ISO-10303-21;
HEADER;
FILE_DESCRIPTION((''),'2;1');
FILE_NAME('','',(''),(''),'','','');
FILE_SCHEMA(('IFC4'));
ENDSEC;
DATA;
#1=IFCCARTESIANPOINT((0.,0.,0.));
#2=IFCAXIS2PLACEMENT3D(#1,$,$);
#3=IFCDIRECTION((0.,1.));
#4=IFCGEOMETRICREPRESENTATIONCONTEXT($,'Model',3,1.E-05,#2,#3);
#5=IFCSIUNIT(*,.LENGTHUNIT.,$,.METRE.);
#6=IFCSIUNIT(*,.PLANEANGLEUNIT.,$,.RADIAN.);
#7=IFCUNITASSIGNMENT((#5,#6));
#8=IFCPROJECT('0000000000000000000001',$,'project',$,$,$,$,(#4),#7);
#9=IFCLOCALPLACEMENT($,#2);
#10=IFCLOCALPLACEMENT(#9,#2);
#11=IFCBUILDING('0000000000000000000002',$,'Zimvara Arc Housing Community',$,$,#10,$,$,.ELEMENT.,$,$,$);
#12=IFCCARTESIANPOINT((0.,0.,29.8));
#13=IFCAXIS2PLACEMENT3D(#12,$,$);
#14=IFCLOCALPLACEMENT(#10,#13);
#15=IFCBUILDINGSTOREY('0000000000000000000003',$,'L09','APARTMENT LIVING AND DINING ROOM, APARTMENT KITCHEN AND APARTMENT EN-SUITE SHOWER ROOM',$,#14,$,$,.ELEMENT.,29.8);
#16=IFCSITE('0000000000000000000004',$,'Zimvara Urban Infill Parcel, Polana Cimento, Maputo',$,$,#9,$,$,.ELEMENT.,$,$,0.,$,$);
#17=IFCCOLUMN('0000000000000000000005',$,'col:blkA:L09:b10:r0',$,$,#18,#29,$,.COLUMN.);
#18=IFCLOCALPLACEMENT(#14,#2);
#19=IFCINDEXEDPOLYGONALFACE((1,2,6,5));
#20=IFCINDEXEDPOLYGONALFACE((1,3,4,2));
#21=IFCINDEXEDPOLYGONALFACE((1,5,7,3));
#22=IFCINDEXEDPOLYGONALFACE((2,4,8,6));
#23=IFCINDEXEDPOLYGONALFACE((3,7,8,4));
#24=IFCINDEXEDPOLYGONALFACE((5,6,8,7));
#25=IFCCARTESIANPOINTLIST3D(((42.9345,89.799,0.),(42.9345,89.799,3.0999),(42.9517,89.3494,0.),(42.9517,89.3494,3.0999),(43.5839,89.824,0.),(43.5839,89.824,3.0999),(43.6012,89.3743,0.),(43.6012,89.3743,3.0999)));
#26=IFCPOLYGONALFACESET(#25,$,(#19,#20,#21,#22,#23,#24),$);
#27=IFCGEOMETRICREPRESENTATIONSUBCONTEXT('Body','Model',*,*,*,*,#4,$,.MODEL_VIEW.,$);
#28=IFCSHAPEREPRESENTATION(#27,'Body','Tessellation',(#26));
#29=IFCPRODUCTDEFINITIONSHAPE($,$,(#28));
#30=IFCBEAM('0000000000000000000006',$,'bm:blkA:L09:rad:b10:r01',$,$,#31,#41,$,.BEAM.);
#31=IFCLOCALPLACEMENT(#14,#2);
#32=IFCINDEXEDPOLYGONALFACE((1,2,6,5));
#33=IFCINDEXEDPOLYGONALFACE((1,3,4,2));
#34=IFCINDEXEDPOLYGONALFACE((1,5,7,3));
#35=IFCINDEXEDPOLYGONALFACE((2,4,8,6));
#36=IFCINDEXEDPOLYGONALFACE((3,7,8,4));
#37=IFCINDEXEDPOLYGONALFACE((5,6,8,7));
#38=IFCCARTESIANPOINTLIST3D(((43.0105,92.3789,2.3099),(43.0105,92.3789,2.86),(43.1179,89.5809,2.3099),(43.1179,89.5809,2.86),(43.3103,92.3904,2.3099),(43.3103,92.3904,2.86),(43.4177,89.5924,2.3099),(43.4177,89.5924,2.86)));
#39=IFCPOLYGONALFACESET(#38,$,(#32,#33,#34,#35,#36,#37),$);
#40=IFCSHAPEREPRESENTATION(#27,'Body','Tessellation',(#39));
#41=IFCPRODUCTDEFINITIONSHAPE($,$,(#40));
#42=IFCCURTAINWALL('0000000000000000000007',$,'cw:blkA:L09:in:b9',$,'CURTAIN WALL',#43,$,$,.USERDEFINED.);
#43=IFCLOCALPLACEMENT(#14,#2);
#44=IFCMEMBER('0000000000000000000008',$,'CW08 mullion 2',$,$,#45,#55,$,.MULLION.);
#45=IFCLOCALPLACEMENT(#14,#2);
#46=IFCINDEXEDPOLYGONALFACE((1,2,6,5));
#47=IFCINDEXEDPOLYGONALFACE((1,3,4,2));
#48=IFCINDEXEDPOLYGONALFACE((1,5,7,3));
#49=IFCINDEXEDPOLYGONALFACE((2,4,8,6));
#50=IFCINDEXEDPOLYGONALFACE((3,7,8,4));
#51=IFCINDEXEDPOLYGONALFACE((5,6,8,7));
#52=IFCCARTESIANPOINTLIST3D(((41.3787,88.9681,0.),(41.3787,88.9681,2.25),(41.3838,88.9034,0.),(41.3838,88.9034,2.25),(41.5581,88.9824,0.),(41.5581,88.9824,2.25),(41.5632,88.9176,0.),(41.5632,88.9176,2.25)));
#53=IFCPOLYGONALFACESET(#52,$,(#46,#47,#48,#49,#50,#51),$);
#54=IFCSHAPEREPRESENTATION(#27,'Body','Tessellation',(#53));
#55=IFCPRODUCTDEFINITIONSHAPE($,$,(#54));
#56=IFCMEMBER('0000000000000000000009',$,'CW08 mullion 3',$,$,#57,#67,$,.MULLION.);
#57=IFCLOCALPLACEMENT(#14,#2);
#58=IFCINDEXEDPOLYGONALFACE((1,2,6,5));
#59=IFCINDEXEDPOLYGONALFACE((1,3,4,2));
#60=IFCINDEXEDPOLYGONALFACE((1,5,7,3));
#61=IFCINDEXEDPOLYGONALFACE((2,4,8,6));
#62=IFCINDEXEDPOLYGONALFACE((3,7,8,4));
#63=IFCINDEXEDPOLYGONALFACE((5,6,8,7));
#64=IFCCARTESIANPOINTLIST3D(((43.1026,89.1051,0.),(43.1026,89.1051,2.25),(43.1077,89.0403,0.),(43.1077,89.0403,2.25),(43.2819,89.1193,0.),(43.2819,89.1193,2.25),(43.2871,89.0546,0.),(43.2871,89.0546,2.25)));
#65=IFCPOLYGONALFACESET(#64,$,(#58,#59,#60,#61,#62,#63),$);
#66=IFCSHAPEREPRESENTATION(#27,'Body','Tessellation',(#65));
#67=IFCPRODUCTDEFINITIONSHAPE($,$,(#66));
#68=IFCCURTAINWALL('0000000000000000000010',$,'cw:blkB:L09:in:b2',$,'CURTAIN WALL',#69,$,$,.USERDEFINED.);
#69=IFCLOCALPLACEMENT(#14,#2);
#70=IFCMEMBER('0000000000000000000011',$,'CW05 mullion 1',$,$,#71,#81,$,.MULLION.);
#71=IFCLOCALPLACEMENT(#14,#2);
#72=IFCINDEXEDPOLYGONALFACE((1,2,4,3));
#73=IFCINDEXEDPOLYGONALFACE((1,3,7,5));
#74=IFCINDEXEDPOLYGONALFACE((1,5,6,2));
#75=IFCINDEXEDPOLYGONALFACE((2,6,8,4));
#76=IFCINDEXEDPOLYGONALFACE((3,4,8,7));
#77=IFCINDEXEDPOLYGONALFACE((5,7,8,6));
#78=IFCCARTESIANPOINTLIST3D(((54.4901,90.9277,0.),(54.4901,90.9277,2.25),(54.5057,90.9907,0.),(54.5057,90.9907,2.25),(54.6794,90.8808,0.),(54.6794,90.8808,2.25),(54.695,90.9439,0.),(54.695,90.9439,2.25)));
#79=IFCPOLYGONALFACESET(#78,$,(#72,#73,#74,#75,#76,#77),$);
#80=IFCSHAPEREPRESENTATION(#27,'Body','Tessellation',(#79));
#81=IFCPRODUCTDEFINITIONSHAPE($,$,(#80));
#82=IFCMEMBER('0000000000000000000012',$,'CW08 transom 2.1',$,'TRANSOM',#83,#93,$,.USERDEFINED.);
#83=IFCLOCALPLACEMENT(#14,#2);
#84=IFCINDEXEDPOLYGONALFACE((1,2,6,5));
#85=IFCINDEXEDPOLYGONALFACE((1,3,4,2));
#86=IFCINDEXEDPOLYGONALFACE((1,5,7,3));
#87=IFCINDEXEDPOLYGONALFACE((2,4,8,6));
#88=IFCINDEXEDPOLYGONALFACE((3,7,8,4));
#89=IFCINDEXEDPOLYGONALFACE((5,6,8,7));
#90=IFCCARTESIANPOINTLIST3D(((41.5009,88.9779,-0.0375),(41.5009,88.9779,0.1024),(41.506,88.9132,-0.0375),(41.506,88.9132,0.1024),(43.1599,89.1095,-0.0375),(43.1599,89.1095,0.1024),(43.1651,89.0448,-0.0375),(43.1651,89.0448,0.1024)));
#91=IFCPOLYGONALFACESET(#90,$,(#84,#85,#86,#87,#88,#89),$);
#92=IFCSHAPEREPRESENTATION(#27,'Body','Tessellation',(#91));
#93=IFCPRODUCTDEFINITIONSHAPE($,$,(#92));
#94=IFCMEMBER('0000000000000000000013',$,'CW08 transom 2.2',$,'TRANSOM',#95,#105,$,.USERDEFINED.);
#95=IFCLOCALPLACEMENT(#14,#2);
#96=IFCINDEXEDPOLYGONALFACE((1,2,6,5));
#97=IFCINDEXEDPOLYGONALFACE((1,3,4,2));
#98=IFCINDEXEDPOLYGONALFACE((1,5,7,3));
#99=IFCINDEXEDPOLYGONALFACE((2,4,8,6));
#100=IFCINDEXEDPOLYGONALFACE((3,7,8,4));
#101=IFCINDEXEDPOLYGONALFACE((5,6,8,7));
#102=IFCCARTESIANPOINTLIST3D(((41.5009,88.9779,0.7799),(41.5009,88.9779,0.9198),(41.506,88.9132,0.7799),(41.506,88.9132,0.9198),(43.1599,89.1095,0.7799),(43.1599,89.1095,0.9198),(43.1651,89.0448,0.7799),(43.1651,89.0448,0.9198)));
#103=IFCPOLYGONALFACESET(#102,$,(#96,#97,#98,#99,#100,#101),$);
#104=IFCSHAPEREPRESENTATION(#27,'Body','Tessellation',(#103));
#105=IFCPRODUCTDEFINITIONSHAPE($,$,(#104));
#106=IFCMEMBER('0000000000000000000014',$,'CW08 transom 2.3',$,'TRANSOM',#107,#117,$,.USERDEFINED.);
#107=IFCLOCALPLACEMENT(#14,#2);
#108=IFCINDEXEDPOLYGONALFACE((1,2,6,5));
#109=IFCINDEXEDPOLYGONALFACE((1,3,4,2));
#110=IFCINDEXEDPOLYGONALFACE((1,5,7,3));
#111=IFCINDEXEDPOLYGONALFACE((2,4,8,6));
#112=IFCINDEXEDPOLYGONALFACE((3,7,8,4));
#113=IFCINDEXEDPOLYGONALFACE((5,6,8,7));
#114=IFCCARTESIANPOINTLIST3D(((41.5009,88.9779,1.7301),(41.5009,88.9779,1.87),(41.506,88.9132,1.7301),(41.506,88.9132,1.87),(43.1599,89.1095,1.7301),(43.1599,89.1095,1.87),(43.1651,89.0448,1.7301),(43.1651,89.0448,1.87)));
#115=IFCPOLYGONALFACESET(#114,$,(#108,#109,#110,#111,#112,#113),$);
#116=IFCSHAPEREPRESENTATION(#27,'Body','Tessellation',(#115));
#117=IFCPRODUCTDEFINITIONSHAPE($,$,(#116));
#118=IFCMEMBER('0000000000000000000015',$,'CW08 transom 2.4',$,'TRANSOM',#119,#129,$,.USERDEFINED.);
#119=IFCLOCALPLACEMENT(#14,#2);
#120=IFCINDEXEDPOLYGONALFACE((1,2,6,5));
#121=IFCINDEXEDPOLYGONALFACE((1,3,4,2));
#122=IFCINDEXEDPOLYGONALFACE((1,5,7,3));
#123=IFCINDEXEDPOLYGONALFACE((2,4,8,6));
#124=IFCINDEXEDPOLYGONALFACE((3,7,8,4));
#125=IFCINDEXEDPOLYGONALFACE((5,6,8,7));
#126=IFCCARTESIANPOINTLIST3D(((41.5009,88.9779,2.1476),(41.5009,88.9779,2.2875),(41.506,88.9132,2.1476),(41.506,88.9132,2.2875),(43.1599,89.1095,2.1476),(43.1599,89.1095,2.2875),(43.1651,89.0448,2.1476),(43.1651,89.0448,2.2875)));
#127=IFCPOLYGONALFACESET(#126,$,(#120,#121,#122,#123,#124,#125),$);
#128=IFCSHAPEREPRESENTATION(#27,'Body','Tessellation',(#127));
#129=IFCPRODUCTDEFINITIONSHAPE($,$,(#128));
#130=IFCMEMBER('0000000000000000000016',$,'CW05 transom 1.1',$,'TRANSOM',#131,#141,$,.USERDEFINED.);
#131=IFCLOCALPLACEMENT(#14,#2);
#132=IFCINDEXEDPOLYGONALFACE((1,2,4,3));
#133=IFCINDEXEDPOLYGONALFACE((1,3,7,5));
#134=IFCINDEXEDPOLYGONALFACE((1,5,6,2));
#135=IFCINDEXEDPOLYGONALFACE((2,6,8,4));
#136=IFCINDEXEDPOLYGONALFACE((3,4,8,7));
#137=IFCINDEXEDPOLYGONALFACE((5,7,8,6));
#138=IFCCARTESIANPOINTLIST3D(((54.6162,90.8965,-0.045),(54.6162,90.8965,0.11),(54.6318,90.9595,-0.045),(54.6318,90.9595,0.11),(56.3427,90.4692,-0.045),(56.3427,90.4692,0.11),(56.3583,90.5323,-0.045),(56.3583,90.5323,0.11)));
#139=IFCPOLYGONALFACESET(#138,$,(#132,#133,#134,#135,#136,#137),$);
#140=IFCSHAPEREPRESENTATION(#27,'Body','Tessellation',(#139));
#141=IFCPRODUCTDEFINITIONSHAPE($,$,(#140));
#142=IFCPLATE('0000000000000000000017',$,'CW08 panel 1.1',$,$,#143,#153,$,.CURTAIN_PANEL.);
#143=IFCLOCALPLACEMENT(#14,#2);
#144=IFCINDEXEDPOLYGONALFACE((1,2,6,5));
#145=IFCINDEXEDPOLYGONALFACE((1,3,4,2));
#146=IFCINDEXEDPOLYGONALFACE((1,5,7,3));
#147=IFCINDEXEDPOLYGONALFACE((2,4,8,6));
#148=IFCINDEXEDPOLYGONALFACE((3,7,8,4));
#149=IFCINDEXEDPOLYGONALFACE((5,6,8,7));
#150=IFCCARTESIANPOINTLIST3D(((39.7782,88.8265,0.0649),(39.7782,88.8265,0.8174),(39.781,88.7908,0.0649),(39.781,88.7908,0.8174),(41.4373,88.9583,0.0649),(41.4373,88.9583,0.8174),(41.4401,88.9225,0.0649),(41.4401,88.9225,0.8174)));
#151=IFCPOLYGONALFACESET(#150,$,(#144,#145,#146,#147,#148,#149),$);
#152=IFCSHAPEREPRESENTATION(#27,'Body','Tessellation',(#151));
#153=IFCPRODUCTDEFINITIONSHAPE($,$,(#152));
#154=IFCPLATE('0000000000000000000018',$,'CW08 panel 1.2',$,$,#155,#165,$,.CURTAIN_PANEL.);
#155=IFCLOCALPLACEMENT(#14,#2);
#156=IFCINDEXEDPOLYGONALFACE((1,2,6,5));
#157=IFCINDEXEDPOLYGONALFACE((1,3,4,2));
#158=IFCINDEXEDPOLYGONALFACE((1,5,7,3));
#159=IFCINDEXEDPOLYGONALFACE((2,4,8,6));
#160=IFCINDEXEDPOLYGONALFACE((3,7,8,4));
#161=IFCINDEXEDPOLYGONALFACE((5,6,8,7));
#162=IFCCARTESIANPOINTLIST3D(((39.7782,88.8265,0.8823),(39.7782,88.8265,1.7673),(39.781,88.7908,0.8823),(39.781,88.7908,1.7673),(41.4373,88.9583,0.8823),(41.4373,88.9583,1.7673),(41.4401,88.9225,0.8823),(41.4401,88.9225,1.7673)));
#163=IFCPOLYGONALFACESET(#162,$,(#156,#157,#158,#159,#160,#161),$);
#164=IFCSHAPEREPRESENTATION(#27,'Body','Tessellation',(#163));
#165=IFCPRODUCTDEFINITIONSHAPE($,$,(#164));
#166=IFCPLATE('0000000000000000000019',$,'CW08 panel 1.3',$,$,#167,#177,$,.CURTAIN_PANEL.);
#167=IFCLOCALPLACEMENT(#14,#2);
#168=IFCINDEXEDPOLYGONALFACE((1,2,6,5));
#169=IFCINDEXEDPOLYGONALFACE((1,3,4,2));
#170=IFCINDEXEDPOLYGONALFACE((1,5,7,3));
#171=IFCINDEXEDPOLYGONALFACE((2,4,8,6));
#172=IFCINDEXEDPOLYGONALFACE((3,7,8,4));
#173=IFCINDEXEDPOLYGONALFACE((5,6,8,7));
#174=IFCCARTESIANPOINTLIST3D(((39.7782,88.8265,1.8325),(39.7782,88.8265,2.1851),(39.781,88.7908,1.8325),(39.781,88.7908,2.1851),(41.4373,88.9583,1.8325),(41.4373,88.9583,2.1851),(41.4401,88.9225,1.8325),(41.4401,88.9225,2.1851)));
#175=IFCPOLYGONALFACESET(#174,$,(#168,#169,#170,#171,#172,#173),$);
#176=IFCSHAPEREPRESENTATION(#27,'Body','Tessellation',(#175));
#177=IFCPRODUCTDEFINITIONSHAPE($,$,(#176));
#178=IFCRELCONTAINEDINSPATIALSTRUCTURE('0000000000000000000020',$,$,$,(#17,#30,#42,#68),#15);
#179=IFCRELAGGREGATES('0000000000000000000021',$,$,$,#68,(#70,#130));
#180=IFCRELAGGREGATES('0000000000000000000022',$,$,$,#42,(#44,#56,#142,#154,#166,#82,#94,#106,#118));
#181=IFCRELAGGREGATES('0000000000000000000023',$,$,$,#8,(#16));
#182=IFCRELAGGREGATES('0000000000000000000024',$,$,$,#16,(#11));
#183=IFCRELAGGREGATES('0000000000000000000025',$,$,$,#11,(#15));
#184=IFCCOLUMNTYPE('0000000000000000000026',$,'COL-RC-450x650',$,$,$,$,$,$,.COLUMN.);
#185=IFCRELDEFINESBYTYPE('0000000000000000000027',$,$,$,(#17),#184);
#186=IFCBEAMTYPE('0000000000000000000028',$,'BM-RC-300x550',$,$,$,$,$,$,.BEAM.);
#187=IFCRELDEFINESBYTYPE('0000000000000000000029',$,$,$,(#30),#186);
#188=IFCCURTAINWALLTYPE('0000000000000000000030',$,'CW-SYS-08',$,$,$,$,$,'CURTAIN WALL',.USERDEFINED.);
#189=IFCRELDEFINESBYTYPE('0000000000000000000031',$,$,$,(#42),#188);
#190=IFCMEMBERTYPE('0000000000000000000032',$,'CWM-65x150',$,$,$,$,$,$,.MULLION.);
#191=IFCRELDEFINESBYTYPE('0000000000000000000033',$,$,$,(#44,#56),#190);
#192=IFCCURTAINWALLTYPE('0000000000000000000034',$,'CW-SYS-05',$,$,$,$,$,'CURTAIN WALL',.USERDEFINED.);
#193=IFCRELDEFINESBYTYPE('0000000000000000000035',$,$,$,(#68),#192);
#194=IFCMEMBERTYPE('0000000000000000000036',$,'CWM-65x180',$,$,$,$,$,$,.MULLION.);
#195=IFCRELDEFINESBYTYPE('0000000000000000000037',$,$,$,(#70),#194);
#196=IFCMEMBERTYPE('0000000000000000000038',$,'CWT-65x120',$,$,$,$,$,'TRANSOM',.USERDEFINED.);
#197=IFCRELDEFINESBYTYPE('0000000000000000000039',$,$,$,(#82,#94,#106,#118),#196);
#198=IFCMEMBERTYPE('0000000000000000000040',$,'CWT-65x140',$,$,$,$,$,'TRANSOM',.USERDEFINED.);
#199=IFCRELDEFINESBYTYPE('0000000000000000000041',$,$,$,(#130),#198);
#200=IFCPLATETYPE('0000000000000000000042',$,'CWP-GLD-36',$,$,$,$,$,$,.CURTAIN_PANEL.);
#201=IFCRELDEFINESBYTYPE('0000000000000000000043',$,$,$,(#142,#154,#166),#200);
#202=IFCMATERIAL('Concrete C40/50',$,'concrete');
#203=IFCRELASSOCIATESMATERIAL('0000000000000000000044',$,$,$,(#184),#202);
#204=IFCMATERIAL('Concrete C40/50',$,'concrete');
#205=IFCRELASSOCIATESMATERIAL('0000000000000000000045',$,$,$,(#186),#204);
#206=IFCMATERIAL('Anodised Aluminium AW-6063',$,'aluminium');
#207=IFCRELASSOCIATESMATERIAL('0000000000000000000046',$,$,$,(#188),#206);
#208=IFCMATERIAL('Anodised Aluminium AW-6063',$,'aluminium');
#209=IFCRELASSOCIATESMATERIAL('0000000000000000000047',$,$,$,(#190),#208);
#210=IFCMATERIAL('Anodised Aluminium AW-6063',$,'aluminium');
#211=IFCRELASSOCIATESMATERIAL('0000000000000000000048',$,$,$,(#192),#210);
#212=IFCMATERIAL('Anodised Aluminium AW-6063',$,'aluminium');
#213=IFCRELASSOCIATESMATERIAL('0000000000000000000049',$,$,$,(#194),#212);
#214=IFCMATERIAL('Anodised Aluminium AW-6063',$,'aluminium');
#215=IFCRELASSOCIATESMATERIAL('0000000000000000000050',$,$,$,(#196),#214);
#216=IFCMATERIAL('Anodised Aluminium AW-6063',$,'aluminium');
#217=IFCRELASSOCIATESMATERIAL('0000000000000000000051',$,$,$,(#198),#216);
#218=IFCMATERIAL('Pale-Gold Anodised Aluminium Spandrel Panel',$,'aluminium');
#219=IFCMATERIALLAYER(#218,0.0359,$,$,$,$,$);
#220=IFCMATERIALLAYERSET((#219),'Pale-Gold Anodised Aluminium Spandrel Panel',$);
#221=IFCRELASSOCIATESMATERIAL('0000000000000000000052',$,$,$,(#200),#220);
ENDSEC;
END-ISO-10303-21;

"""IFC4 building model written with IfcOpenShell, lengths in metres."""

from ifc_helpers import new_model, si_unit, direction, frame, origin, origin_2d, place, context, subcontext, project, spatial, rectangle, extrude, material, layer, layer_set, material_profile, profile_set, type_object, element, aggregate, save


model = new_model("IFC4")

# Units and contexts
model_context = context("Model", 3, precision=1e-05, world=origin(), true_north=direction((0.0, 1.0)))
body_context = subcontext(model_context, "Body", "Model", "MODEL_VIEW")
ifc_project = project(units=[si_unit("LENGTHUNIT", "METRE"), si_unit("PLANEANGLEUNIT", "RADIAN")], contexts=[model_context])

# Site, building, storey
site_placement = place(None, origin())
site = spatial("IfcSite", under=ifc_project, at=site_placement, Name="Zimvara Urban Infill Parcel, Polana Cimento, Maputo", CompositionType="ELEMENT", RefElevation=0.0)
building_placement = place(site_placement, origin())
building = spatial("IfcBuilding", under=site, at=building_placement, Name="Zimvara Arc Housing Community", CompositionType="ELEMENT")
storey_placement = place(building_placement, frame((0.0, 0.0, 29.8)))
storey = spatial("IfcBuildingStorey", under=building, at=storey_placement, Name="L09", Description="APARTMENT LIVING AND DINING ROOM, APARTMENT KITCHEN AND APARTMENT EN-SUITE SHOWER ROOM", CompositionType="ELEMENT", Elevation=29.8)

# Column
ifc_material_1 = material(Name="Concrete C40/50", Category="concrete")
ifc_material_profile_1 = material_profile(ifc_material_1, rectangle(XDim=0.45, YDim=0.6499, at=origin_2d()), Name="RC 450x650")
ifc_profile_set_1 = profile_set([ifc_material_profile_1], Name="Concrete C40/50")
column_type = type_object("IfcColumnType", Name="COL-RC-450x650", PredefinedType="COLUMN", material=ifc_profile_set_1)
column_placement = place(storey_placement, frame((43.2678, 89.5867, 0.0), z_axis=(0.0, 0.0, 1.0), x_axis=(-0.038388, 0.999263, 0.0)))
element("IfcColumn", 1, at=column_placement, inside=storey, type_object=column_type, Name="col:blkA:L09:b10:r0", PredefinedType="COLUMN", context=body_context, shape_type="SweptSolid", body=[
    extrude(rectangle(XDim=0.45, YDim=0.6499, at=origin_2d()), origin(), (0.0, 0.0, 1.0), 3.0999),
])

# Beam
ifc_material_2 = material(Name="Concrete C40/50", Category="concrete")
ifc_material_profile_2 = material_profile(ifc_material_2, rectangle(XDim=0.3, YDim=0.55, at=origin_2d()), Name="RC 300x550")
ifc_profile_set_2 = profile_set([ifc_material_profile_2], Name="Concrete C40/50")
beam_type = type_object("IfcBeamType", Name="BM-RC-300x550", PredefinedType="BEAM", material=ifc_profile_set_2)
beam_placement = place(storey_placement, frame((43.2678, 89.5867, 2.585), z_axis=(-0.038363, 0.999264, 0.0), x_axis=(-0.999264, -0.038363, 0.0)))
element("IfcBeam", 2, at=beam_placement, inside=storey, type_object=beam_type, Name="bm:blkA:L09:rad:b10:r01", PredefinedType="BEAM", context=body_context, shape_type="SweptSolid", body=[
    extrude(rectangle(XDim=0.3, YDim=0.55, at=origin_2d()), origin(), (0.0, 0.0, 1.0), 2.8),
])

# Curtain wall, members
ifc_material_3 = material(Name="Anodised Aluminium AW-6063", Category="aluminium")
curtain_wall_type_1 = type_object("IfcCurtainWallType", Name="CW-SYS-08", ElementType="CURTAIN WALL", PredefinedType="USERDEFINED", material=ifc_material_3)
curtain_wall_1_placement = place(storey_placement, origin())
curtain_wall_1 = element("IfcCurtainWall", 3, at=curtain_wall_1_placement, inside=storey, type_object=curtain_wall_type_1, Name="cw:blkA:L09:in:b9", ObjectType="CURTAIN WALL", PredefinedType="USERDEFINED")
ifc_material_4 = material(Name="Anodised Aluminium AW-6063", Category="aluminium")
ifc_material_profile_3 = material_profile(ifc_material_4, rectangle(XDim=0.0649, YDim=0.1799, at=origin_2d()), Name="ALU 65x180")
ifc_profile_set_3 = profile_set([ifc_material_profile_3], Name="Anodised Aluminium AW-6063")
member_type_1 = type_object("IfcMemberType", Name="CWM-65x150", PredefinedType="MULLION", material=ifc_profile_set_3)
member_1_placement = place(storey_placement, frame((41.4709, 88.9429, 0.0), z_axis=(0.0, 0.0, 1.0), x_axis=(-0.079155, 0.996862, 0.0)))
member_1 = element("IfcMember", 4, at=member_1_placement, type_object=member_type_1, Name="CW08 mullion 2", PredefinedType="MULLION", context=body_context, shape_type="SweptSolid", body=[
    extrude(rectangle(XDim=0.0649, YDim=0.1799, at=origin_2d()), origin(), (0.0, 0.0, 1.0), 2.25),
])
member_2_placement = place(storey_placement, frame((43.1948, 89.0798, 0.0), z_axis=(0.0, 0.0, 1.0), x_axis=(-0.079155, 0.996862, 0.0)))
member_2 = element("IfcMember", 5, at=member_2_placement, type_object=member_type_1, Name="CW08 mullion 3", PredefinedType="MULLION", context=body_context, shape_type="SweptSolid", body=[
    extrude(rectangle(XDim=0.0649, YDim=0.1799, at=origin_2d()), origin(), (0.0, 0.0, 1.0), 2.25),
])

# Curtain wall, member
ifc_material_5 = material(Name="Anodised Aluminium AW-6063", Category="aluminium")
curtain_wall_type_2 = type_object("IfcCurtainWallType", Name="CW-SYS-05", ElementType="CURTAIN WALL", PredefinedType="USERDEFINED", material=ifc_material_5)
curtain_wall_2_placement = place(storey_placement, origin())
curtain_wall_2 = element("IfcCurtainWall", 6, at=curtain_wall_2_placement, inside=storey, type_object=curtain_wall_type_2, Name="cw:blkB:L09:in:b2", ObjectType="CURTAIN WALL", PredefinedType="USERDEFINED")
ifc_material_6 = material(Name="Anodised Aluminium AW-6063", Category="aluminium")
ifc_material_profile_4 = material_profile(ifc_material_6, rectangle(XDim=0.0649, YDim=0.1951, at=origin_2d()), Name="ALU 65x195")
ifc_profile_set_4 = profile_set([ifc_material_profile_4], Name="Anodised Aluminium AW-6063")
member_type_2 = type_object("IfcMemberType", Name="CWM-65x180", PredefinedType="MULLION", material=ifc_profile_set_4)
member_3_placement = place(storey_placement, frame((54.5925, 90.9358, 0.0), z_axis=(0.0, 0.0, 1.0), x_axis=(0.240229, 0.970716, 0.0)))
member_3 = element("IfcMember", 7, at=member_3_placement, type_object=member_type_2, Name="CW05 mullion 1", PredefinedType="MULLION", context=body_context, shape_type="SweptSolid", body=[
    extrude(rectangle(XDim=0.0649, YDim=0.1951, at=origin_2d()), origin(), (0.0, 0.0, 1.0), 2.25),
])

# Members
ifc_material_7 = material(Name="Anodised Aluminium AW-6063", Category="aluminium")
ifc_material_profile_5 = material_profile(ifc_material_7, rectangle(XDim=0.0649, YDim=0.1399, at=origin_2d()), Name="ALU 65x140")
ifc_profile_set_5 = profile_set([ifc_material_profile_5], Name="Anodised Aluminium AW-6063")
member_type_3 = type_object("IfcMemberType", Name="CWT-65x120", ElementType="TRANSOM", PredefinedType="USERDEFINED", material=ifc_profile_set_5)
member_4_placement = place(storey_placement, frame((41.5034, 88.9456, 0.0325), z_axis=(0.99687, 0.079063, 0.0), x_axis=(-0.079063, 0.99687, 0.0)))
member_4 = element("IfcMember", 8, at=member_4_placement, type_object=member_type_3, Name="CW08 transom 2.1", ObjectType="TRANSOM", PredefinedType="USERDEFINED", context=body_context, shape_type="SweptSolid", body=[
    extrude(rectangle(XDim=0.0649, YDim=0.1399, at=origin_2d()), origin(), (0.0, 0.0, 1.0), 1.6643),
])
member_5_placement = place(storey_placement, frame((41.5034, 88.9456, 0.8499), z_axis=(0.99687, 0.079063, 0.0), x_axis=(-0.079063, 0.99687, 0.0)))
member_5 = element("IfcMember", 9, at=member_5_placement, type_object=member_type_3, Name="CW08 transom 2.2", ObjectType="TRANSOM", PredefinedType="USERDEFINED", context=body_context, shape_type="SweptSolid", body=[
    extrude(rectangle(XDim=0.0649, YDim=0.1399, at=origin_2d()), origin(), (0.0, 0.0, 1.0), 1.6643),
])
member_6_placement = place(storey_placement, frame((41.5034, 88.9456, 1.8), z_axis=(0.99687, 0.079063, 0.0), x_axis=(-0.079063, 0.99687, 0.0)))
member_6 = element("IfcMember", 10, at=member_6_placement, type_object=member_type_3, Name="CW08 transom 2.3", ObjectType="TRANSOM", PredefinedType="USERDEFINED", context=body_context, shape_type="SweptSolid", body=[
    extrude(rectangle(XDim=0.0649, YDim=0.1399, at=origin_2d()), origin(), (0.0, 0.0, 1.0), 1.6643),
])
member_7_placement = place(storey_placement, frame((41.5034, 88.9456, 2.2175), z_axis=(0.99687, 0.079063, 0.0), x_axis=(-0.079063, 0.99687, 0.0)))
member_7 = element("IfcMember", 11, at=member_7_placement, type_object=member_type_3, Name="CW08 transom 2.4", ObjectType="TRANSOM", PredefinedType="USERDEFINED", context=body_context, shape_type="SweptSolid", body=[
    extrude(rectangle(XDim=0.0649, YDim=0.1399, at=origin_2d()), origin(), (0.0, 0.0, 1.0), 1.6643),
])
ifc_material_8 = material(Name="Anodised Aluminium AW-6063", Category="aluminium")
ifc_material_profile_6 = material_profile(ifc_material_8, rectangle(XDim=0.0649, YDim=0.155, at=origin_2d()), Name="ALU 65x155")
ifc_profile_set_6 = profile_set([ifc_material_profile_6], Name="Anodised Aluminium AW-6063")
member_type_4 = type_object("IfcMemberType", Name="CWT-65x140", ElementType="TRANSOM", PredefinedType="USERDEFINED", material=ifc_profile_set_6)
member_8_placement = place(storey_placement, frame((54.624, 90.928, 0.0325), z_axis=(0.970721, -0.24021, 0.0), x_axis=(0.24021, 0.970721, 0.0)))
member_8 = element("IfcMember", 12, at=member_8_placement, type_object=member_type_4, Name="CW05 transom 1.1", ObjectType="TRANSOM", PredefinedType="USERDEFINED", context=body_context, shape_type="SweptSolid", body=[
    extrude(rectangle(XDim=0.0649, YDim=0.155, at=origin_2d()), origin(), (0.0, 0.0, 1.0), 1.7786),
])
aggregate(curtain_wall_2, [member_3, member_8])

# Plates
ifc_material_9 = material(Name="Pale-Gold Anodised Aluminium Spandrel Panel", Category="aluminium")
ifc_layer_1 = layer(ifc_material_9, 0.0359)
ifc_layer_set_1 = layer_set([ifc_layer_1], Name="Pale-Gold Anodised Aluminium Spandrel Panel")
plate_type = type_object("IfcPlateType", Name="CWP-GLD-36", PredefinedType="CURTAIN_PANEL", material=ifc_layer_set_1)
plate_1_placement = place(storey_placement, frame((40.6091, 88.8745, 0.0649), z_axis=(0.0, 0.0, 1.0), x_axis=(0.996862, 0.079155, 0.0)))
plate_1 = element("IfcPlate", 13, at=plate_1_placement, type_object=plate_type, Name="CW08 panel 1.1", PredefinedType="CURTAIN_PANEL", context=body_context, shape_type="SweptSolid", body=[
    extrude(rectangle(XDim=1.6643, YDim=0.0359, at=origin_2d()), origin(), (0.0, 0.0, 1.0), 0.7524),
])
plate_2_placement = place(storey_placement, frame((40.6091, 88.8745, 0.8823), z_axis=(0.0, 0.0, 1.0), x_axis=(0.996862, 0.079155, 0.0)))
plate_2 = element("IfcPlate", 14, at=plate_2_placement, type_object=plate_type, Name="CW08 panel 1.2", PredefinedType="CURTAIN_PANEL", context=body_context, shape_type="SweptSolid", body=[
    extrude(rectangle(XDim=1.6643, YDim=0.0359, at=origin_2d()), origin(), (0.0, 0.0, 1.0), 0.885),
])
plate_3_placement = place(storey_placement, frame((40.6091, 88.8745, 1.8325), z_axis=(0.0, 0.0, 1.0), x_axis=(0.996862, 0.079155, 0.0)))
plate_3 = element("IfcPlate", 15, at=plate_3_placement, type_object=plate_type, Name="CW08 panel 1.3", PredefinedType="CURTAIN_PANEL", context=body_context, shape_type="SweptSolid", body=[
    extrude(rectangle(XDim=1.6643, YDim=0.0359, at=origin_2d()), origin(), (0.0, 0.0, 1.0), 0.3525),
])
aggregate(curtain_wall_1, [member_1, member_2, plate_1, plate_2, plate_3, member_4, member_5, member_6, member_7])

save(model, "model.ifc")
